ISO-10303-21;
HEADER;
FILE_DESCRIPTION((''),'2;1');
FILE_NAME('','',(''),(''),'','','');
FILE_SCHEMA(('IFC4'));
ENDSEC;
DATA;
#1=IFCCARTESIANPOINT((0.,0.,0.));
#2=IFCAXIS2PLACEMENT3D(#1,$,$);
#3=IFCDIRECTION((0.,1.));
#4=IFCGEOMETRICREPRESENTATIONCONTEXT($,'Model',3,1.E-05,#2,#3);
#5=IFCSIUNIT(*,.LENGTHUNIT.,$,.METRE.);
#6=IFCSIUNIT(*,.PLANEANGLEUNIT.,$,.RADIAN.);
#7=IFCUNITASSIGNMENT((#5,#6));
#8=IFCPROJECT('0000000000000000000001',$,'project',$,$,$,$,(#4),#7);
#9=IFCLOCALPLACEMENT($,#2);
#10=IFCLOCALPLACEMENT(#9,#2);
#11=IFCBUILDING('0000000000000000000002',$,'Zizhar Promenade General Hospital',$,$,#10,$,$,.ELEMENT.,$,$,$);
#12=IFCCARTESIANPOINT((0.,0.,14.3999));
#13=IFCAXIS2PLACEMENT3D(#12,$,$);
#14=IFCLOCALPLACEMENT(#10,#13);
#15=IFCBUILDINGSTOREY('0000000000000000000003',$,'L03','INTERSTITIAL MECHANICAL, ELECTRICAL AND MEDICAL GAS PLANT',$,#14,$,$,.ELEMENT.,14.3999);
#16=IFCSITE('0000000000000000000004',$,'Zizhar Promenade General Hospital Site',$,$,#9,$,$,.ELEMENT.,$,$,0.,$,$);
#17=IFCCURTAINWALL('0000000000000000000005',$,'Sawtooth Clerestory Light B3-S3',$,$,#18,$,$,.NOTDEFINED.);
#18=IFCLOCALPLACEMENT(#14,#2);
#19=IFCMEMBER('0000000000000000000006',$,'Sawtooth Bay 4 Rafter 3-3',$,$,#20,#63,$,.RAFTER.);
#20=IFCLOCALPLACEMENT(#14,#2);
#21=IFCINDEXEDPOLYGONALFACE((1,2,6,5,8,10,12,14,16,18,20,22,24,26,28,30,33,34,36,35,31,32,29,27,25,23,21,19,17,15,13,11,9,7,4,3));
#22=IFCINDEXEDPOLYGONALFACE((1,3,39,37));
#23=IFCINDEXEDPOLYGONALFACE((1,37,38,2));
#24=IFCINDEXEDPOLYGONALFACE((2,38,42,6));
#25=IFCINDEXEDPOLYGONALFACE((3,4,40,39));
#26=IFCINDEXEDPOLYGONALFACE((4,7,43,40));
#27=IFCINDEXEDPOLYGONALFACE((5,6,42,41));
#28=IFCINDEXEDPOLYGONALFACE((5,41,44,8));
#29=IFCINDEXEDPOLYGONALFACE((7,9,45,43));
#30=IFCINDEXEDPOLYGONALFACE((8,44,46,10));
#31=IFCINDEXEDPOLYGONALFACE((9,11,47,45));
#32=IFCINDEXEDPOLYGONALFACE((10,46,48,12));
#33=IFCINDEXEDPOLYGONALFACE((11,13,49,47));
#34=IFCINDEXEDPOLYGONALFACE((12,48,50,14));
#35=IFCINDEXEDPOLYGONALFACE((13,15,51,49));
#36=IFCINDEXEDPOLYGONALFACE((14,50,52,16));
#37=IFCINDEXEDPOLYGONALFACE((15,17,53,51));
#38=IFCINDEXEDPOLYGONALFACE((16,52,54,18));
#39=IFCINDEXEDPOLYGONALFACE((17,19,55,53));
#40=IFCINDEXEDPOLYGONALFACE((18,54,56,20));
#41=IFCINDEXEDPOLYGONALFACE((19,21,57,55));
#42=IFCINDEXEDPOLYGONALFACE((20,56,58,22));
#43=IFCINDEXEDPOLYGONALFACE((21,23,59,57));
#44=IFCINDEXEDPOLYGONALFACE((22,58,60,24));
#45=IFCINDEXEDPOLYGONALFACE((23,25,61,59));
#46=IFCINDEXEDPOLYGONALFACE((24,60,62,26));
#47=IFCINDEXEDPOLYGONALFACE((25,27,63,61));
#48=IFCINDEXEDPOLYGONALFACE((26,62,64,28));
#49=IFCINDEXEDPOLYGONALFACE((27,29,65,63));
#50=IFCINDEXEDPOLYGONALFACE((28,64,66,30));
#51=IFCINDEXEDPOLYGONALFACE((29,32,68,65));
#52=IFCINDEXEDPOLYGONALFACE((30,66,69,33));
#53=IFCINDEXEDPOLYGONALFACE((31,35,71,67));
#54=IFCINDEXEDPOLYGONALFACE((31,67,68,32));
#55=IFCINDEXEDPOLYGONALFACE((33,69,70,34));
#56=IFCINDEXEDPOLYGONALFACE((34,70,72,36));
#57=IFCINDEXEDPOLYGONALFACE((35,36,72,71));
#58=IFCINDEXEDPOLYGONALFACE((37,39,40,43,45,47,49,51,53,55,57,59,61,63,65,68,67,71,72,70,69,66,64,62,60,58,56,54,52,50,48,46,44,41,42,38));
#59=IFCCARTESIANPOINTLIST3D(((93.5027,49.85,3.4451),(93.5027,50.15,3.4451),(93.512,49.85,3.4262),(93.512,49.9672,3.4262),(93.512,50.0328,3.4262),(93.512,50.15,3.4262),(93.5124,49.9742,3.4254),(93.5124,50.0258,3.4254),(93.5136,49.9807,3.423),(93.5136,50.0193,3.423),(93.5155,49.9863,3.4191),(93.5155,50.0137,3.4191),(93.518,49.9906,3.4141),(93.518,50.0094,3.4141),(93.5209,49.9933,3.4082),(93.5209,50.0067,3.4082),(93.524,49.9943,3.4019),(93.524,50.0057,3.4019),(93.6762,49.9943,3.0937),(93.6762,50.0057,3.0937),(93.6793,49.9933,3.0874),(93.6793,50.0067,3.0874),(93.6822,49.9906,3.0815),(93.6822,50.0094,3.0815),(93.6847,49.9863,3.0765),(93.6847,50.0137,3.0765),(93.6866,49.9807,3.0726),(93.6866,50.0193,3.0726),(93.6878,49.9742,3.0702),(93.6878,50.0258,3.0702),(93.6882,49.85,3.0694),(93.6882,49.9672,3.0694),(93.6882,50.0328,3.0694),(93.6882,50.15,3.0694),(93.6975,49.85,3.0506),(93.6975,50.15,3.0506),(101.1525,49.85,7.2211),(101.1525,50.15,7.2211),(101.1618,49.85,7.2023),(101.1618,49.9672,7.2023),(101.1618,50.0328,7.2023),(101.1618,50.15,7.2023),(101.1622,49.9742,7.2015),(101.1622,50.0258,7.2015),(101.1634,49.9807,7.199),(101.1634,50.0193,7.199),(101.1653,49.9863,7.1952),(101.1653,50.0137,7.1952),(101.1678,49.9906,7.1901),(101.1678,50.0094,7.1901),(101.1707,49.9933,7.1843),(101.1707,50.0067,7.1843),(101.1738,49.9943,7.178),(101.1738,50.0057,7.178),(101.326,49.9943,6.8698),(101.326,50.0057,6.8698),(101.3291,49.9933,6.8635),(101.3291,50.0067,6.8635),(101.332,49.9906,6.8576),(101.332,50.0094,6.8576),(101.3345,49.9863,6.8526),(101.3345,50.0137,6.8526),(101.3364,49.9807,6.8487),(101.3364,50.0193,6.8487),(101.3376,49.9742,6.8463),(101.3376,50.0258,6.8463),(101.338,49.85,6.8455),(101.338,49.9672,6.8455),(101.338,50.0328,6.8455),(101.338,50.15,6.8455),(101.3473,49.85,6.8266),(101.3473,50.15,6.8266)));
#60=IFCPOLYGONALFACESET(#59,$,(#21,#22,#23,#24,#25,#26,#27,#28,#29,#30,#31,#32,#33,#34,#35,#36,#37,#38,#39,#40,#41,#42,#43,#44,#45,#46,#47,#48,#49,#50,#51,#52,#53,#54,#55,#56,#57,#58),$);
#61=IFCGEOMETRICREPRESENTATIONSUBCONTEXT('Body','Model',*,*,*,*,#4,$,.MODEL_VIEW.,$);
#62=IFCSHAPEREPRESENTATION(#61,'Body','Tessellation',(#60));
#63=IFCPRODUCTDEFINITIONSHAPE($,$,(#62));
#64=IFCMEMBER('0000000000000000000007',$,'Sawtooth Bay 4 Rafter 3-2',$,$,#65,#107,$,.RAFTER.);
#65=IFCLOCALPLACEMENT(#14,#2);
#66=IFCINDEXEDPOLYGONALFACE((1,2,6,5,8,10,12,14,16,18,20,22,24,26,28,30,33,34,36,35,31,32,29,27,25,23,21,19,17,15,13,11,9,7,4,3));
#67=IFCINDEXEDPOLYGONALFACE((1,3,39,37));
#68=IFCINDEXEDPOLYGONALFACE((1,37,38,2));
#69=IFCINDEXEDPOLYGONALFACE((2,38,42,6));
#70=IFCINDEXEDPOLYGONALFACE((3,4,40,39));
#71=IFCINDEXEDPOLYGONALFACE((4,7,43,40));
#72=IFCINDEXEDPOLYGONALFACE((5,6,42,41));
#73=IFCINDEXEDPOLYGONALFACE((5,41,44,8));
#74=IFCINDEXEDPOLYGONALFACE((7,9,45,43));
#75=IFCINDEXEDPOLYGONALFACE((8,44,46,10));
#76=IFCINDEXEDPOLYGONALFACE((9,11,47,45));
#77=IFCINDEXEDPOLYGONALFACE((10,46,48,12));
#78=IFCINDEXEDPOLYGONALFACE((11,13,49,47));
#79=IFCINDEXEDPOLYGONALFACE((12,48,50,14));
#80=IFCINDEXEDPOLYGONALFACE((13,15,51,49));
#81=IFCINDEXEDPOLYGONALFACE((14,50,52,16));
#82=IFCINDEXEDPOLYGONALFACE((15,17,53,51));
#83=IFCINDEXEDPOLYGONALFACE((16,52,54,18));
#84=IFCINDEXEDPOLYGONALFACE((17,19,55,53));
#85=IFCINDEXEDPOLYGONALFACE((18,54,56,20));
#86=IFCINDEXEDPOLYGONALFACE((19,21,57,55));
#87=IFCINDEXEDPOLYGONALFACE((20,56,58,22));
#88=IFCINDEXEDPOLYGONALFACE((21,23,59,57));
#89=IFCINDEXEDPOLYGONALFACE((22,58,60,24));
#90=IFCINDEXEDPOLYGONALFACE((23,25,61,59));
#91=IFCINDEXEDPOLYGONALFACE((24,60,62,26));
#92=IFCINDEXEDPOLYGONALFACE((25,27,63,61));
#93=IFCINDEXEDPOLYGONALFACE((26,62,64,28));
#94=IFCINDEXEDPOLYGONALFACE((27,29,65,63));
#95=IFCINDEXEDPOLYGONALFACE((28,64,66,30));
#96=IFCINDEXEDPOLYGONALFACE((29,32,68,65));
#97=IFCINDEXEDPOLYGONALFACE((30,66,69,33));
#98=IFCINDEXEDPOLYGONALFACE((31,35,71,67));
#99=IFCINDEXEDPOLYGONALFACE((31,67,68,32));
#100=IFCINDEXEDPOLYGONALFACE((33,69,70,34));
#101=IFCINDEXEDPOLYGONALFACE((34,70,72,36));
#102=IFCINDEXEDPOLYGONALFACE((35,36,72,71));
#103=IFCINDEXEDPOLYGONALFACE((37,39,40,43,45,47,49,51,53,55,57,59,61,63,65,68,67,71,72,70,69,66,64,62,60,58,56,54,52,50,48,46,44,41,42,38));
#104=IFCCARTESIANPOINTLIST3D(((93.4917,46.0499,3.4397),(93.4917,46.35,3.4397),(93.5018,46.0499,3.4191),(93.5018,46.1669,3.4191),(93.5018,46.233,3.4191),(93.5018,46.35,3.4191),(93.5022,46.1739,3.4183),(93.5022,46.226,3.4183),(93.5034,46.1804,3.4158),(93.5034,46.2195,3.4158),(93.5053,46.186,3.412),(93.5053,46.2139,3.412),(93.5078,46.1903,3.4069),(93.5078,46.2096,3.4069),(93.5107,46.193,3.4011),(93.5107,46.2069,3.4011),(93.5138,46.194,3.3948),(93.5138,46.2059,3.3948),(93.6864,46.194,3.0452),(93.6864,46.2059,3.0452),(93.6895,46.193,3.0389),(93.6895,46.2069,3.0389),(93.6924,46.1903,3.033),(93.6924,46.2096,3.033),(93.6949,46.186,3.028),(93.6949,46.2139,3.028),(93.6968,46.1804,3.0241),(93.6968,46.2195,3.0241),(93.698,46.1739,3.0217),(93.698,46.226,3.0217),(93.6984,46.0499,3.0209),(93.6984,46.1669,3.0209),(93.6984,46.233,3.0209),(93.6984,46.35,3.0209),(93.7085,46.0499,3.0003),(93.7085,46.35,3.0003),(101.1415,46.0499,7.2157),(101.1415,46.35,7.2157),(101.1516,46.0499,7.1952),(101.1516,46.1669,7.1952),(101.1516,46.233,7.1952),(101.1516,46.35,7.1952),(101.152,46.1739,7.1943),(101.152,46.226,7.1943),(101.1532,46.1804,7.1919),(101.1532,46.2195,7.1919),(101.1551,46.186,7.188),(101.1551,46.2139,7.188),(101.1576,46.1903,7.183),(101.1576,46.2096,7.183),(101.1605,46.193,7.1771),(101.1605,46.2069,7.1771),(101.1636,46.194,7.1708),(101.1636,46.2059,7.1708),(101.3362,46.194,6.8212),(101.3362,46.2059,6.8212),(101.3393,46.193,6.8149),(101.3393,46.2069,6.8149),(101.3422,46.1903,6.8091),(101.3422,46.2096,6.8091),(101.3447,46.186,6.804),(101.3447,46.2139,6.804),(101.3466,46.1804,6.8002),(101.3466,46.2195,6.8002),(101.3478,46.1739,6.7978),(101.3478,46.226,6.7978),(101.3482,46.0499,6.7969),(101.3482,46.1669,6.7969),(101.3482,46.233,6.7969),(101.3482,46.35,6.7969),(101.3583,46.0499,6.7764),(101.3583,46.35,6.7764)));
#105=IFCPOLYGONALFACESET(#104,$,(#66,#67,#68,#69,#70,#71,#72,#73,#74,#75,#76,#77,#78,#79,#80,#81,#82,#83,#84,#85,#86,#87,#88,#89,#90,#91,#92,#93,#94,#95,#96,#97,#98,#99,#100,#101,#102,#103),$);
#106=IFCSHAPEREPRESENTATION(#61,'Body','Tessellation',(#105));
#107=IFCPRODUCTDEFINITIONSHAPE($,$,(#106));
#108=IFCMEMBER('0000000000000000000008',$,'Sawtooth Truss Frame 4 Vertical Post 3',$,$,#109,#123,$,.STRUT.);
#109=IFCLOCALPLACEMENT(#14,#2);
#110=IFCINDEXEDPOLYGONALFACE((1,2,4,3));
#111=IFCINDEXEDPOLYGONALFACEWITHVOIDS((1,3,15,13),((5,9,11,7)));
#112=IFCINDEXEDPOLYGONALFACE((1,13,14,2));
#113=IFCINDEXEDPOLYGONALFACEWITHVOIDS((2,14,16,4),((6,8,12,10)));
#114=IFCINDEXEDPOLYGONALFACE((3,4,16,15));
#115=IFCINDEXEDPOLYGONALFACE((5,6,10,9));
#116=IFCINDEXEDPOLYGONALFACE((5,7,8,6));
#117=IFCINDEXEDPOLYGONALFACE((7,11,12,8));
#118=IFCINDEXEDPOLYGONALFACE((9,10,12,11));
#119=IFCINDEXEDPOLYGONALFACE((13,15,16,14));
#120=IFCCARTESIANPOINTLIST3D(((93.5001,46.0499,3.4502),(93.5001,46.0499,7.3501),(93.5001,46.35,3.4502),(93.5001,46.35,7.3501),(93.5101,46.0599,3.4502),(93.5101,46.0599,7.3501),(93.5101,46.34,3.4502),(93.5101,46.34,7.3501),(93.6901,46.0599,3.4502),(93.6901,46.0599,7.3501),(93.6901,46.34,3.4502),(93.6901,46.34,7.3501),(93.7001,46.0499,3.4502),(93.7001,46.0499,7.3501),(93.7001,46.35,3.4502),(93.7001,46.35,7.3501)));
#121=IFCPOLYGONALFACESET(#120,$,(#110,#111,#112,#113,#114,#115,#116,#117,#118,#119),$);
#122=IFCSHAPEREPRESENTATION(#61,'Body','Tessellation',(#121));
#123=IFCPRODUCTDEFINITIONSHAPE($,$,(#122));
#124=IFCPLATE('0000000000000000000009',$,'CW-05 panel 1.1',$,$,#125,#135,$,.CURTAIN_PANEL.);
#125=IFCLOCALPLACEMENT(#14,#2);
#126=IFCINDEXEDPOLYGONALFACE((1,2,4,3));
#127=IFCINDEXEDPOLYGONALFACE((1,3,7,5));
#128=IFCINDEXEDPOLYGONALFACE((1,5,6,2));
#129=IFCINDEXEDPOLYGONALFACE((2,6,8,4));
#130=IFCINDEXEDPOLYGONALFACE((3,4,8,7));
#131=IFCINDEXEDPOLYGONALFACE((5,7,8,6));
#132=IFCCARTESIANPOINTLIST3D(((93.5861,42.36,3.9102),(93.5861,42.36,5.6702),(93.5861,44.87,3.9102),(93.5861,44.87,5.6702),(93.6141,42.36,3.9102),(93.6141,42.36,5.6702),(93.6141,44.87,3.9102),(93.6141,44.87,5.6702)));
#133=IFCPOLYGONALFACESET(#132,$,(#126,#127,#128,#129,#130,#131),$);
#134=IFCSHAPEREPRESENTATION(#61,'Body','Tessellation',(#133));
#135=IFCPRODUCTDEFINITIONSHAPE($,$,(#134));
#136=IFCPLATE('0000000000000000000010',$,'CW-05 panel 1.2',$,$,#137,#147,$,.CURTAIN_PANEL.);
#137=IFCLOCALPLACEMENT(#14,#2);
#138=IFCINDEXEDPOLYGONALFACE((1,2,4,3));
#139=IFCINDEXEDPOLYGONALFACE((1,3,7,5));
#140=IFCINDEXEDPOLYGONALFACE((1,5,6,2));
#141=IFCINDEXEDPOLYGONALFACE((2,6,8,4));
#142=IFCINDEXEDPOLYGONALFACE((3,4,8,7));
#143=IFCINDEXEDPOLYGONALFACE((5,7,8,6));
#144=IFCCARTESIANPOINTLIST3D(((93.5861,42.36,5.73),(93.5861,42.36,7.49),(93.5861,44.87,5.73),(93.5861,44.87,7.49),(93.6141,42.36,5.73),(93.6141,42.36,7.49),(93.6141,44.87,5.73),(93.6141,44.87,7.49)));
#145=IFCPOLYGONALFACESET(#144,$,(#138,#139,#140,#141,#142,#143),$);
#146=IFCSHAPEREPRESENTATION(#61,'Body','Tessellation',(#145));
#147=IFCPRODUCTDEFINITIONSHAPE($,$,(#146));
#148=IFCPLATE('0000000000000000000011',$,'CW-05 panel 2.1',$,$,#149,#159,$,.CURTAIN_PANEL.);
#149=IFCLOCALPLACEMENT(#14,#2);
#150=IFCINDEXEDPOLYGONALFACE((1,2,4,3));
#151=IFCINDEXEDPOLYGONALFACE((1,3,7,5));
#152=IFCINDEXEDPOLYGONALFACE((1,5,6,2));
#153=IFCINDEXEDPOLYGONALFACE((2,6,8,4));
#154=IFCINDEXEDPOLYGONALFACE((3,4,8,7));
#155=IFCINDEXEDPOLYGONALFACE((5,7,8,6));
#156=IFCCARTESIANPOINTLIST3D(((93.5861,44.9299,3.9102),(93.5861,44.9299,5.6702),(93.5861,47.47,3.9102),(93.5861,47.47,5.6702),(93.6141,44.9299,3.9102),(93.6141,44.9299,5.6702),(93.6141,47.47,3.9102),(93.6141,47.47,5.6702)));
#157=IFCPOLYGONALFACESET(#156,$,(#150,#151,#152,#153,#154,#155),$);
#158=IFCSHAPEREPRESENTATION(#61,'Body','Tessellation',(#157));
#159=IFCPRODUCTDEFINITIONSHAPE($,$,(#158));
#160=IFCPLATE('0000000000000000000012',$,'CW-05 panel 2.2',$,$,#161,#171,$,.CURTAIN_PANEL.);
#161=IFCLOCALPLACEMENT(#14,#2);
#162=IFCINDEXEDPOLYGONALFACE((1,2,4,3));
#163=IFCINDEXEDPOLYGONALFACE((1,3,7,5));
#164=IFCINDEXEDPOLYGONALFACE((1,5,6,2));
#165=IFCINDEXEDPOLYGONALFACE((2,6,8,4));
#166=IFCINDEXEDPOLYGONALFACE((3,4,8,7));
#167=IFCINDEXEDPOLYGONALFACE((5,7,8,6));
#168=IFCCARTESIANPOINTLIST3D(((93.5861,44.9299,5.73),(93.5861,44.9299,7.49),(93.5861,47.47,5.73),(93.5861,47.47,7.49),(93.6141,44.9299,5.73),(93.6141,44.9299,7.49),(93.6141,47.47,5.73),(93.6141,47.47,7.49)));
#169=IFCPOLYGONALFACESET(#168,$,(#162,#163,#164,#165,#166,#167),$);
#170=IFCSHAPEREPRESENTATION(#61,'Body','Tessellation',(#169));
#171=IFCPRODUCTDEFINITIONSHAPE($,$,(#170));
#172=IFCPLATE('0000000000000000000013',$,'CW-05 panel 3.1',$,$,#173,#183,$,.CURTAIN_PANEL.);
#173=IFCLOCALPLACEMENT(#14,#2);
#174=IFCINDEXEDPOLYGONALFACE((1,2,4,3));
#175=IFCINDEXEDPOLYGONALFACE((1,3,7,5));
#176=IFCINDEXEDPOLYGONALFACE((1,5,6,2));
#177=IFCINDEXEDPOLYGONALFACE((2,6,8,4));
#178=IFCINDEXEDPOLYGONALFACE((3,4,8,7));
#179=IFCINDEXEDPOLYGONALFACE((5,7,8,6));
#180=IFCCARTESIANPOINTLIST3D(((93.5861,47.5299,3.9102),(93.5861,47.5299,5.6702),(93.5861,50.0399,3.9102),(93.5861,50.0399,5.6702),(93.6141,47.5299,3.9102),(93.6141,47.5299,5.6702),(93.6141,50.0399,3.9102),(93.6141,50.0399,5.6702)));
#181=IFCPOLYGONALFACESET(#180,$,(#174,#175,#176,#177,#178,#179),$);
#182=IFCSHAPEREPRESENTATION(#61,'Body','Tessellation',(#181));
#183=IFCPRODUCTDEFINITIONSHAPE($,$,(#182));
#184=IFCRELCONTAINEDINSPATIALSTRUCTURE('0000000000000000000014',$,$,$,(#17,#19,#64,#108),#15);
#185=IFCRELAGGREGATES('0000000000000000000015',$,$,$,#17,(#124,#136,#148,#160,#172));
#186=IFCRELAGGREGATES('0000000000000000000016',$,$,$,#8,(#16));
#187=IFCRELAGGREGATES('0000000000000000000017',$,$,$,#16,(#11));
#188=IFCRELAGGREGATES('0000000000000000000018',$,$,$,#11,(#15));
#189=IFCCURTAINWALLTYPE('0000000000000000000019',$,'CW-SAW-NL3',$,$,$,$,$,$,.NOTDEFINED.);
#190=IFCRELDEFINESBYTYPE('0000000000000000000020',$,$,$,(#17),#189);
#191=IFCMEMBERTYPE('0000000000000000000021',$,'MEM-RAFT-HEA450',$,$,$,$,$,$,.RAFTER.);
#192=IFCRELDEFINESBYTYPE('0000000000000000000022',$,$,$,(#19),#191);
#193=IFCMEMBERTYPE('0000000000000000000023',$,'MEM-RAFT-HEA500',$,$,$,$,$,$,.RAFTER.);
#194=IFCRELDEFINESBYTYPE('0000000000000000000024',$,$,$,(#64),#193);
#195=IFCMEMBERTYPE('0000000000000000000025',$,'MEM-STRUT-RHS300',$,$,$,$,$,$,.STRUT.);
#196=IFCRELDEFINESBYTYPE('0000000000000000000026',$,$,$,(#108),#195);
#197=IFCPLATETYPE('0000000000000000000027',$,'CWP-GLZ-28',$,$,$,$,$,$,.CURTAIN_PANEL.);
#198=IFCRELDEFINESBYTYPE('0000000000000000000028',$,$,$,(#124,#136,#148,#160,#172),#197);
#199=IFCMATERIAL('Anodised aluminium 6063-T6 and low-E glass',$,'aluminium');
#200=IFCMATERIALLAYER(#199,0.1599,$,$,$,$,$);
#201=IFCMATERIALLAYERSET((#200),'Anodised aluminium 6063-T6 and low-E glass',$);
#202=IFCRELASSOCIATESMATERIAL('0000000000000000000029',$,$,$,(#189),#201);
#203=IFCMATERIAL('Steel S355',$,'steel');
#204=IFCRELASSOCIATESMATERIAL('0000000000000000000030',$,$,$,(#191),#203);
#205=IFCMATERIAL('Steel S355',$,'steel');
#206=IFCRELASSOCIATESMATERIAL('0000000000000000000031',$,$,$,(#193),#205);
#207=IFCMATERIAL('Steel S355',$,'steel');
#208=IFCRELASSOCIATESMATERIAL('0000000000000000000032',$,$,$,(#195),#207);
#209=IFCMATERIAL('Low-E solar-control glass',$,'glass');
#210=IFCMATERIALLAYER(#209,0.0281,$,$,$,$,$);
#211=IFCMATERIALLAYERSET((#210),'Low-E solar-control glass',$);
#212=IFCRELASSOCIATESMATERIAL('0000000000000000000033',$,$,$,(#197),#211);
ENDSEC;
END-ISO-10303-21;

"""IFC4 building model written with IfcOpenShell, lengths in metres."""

from ifc_helpers import new_model, si_unit, direction, frame, origin, origin_2d, place, context, subcontext, project, spatial, rectangle, hollow_rectangle, i_section, extrude, material, layer, layer_set, material_profile, profile_set, type_object, element, aggregate, save


model = new_model("IFC4")

# Units and contexts
model_context = context("Model", 3, precision=1e-05, world=origin(), true_north=direction((0.0, 1.0)))
body_context = subcontext(model_context, "Body", "Model", "MODEL_VIEW")
ifc_project = project(units=[si_unit("LENGTHUNIT", "METRE"), si_unit("PLANEANGLEUNIT", "RADIAN")], contexts=[model_context])

# Site, building, storey
site_placement = place(None, origin())
site = spatial("IfcSite", under=ifc_project, at=site_placement, Name="Zizhar Promenade General Hospital Site", CompositionType="ELEMENT", RefElevation=0.0)
building_placement = place(site_placement, origin())
building = spatial("IfcBuilding", under=site, at=building_placement, Name="Zizhar Promenade General Hospital", CompositionType="ELEMENT")
storey_placement = place(building_placement, frame((0.0, 0.0, 14.3999)))
storey = spatial("IfcBuildingStorey", under=building, at=storey_placement, Name="L03", Description="INTERSTITIAL MECHANICAL, ELECTRICAL AND MEDICAL GAS PLANT", CompositionType="ELEMENT", Elevation=14.3999)

# Curtain wall
ifc_material_1 = material(Name="Anodised aluminium 6063-T6 and low-E glass", Category="aluminium")
ifc_layer_1 = layer(ifc_material_1, 0.1599)
ifc_layer_set_1 = layer_set([ifc_layer_1], Name="Anodised aluminium 6063-T6 and low-E glass")
curtain_wall_type = type_object("IfcCurtainWallType", Name="CW-SAW-NL3", PredefinedType="NOTDEFINED", material=ifc_layer_set_1)
curtain_wall_1_placement = place(storey_placement, origin())
curtain_wall_1 = element("IfcCurtainWall", 1, at=curtain_wall_1_placement, inside=storey, type_object=curtain_wall_type, Name="Sawtooth Clerestory Light B3-S3", PredefinedType="NOTDEFINED")

# Members
ifc_material_2 = material(Name="Steel S355", Category="steel")
ifc_material_profile_1 = material_profile(ifc_material_2, i_section(OverallWidth=0.3, OverallDepth=0.4399, WebThickness=0.0115, FlangeThickness=0.021, FilletRadius=0.0271, at=origin_2d()))
ifc_profile_set_1 = profile_set([ifc_material_profile_1], Name="Steel S355")
member_type_1 = type_object("IfcMemberType", Name="MEM-RAFT-HEA450", PredefinedType="RAFTER", material=ifc_profile_set_1)
member_1_placement = place(storey_placement, frame((93.6001, 50.0, 3.2478), z_axis=(0.896705, 0.0, 0.442629), x_axis=(0.0, 1.0, 0.0)))
element("IfcMember", 2, at=member_1_placement, inside=storey, type_object=member_type_1, Name="Sawtooth Bay 4 Rafter 3-3", PredefinedType="RAFTER", context=body_context, shape_type="SweptSolid", body=[
    extrude(i_section(OverallWidth=0.3, OverallDepth=0.4399, WebThickness=0.0115, FlangeThickness=0.021, FilletRadius=0.0271, at=origin_2d()), origin(), (0.0, 0.0, 1.0), 8.531),
])
ifc_material_3 = material(Name="Steel S355", Category="steel")
ifc_material_profile_2 = material_profile(ifc_material_3, i_section(OverallWidth=0.3, OverallDepth=0.49, WebThickness=0.012, FlangeThickness=0.0229, FilletRadius=0.0271, at=origin_2d()))
ifc_profile_set_2 = profile_set([ifc_material_profile_2], Name="Steel S355")
member_type_2 = type_object("IfcMemberType", Name="MEM-RAFT-HEA500", PredefinedType="RAFTER", material=ifc_profile_set_2)
member_2_placement = place(storey_placement, frame((93.6001, 46.2, 3.22), z_axis=(0.896705, 0.0, 0.442629), x_axis=(0.0, 1.0, 0.0)))
element("IfcMember", 3, at=member_2_placement, inside=storey, type_object=member_type_2, Name="Sawtooth Bay 4 Rafter 3-2", PredefinedType="RAFTER", context=body_context, shape_type="SweptSolid", body=[
    extrude(i_section(OverallWidth=0.3, OverallDepth=0.49, WebThickness=0.012, FlangeThickness=0.0229, FilletRadius=0.0271, at=origin_2d()), origin(), (0.0, 0.0, 1.0), 8.531),
])
ifc_material_4 = material(Name="Steel S355", Category="steel")
ifc_material_profile_3 = material_profile(ifc_material_4, hollow_rectangle(XDim=0.2, YDim=0.3, WallThickness=0.01, at=origin_2d()))
ifc_profile_set_3 = profile_set([ifc_material_profile_3], Name="Steel S355")
member_type_3 = type_object("IfcMemberType", Name="MEM-STRUT-RHS300", PredefinedType="STRUT", material=ifc_profile_set_3)
member_3_placement = place(storey_placement, frame((93.6001, 46.2, 3.4502), z_axis=(0.0, 0.0, 1.0), x_axis=(1.0, 0.0, 0.0)))
element("IfcMember", 4, at=member_3_placement, inside=storey, type_object=member_type_3, Name="Sawtooth Truss Frame 4 Vertical Post 3", PredefinedType="STRUT", context=body_context, shape_type="SweptSolid", body=[
    extrude(hollow_rectangle(XDim=0.2, YDim=0.3, WallThickness=0.01, at=origin_2d()), origin(), (0.0, 0.0, 1.0), 3.8999),
])

# Plates
ifc_material_5 = material(Name="Low-E solar-control glass", Category="glass")
ifc_layer_2 = layer(ifc_material_5, 0.0281)
ifc_layer_set_2 = layer_set([ifc_layer_2], Name="Low-E solar-control glass")
plate_type = type_object("IfcPlateType", Name="CWP-GLZ-28", PredefinedType="CURTAIN_PANEL", material=ifc_layer_set_2)
plate_1_placement = place(storey_placement, frame((93.6001, 43.615, 3.9102), z_axis=(0.0, 0.0, 1.0), x_axis=(0.0, 1.0, 0.0)))
plate_1 = element("IfcPlate", 5, at=plate_1_placement, type_object=plate_type, Name="CW-05 panel 1.1", PredefinedType="CURTAIN_PANEL", context=body_context, shape_type="SweptSolid", body=[
    extrude(rectangle(XDim=2.51, YDim=0.0281, at=origin_2d()), origin(), (0.0, 0.0, 1.0), 1.76),
])
plate_2_placement = place(storey_placement, frame((93.6001, 43.615, 5.73), z_axis=(0.0, 0.0, 1.0), x_axis=(0.0, 1.0, 0.0)))
plate_2 = element("IfcPlate", 6, at=plate_2_placement, type_object=plate_type, Name="CW-05 panel 1.2", PredefinedType="CURTAIN_PANEL", context=body_context, shape_type="SweptSolid", body=[
    extrude(rectangle(XDim=2.51, YDim=0.0281, at=origin_2d()), origin(), (0.0, 0.0, 1.0), 1.76),
])
plate_3_placement = place(storey_placement, frame((93.6001, 46.2, 3.9102), z_axis=(0.0, 0.0, 1.0), x_axis=(0.0, 1.0, 0.0)))
plate_3 = element("IfcPlate", 7, at=plate_3_placement, type_object=plate_type, Name="CW-05 panel 2.1", PredefinedType="CURTAIN_PANEL", context=body_context, shape_type="SweptSolid", body=[
    extrude(rectangle(XDim=2.54, YDim=0.0281, at=origin_2d()), origin(), (0.0, 0.0, 1.0), 1.76),
])
plate_4_placement = place(storey_placement, frame((93.6001, 46.2, 5.73), z_axis=(0.0, 0.0, 1.0), x_axis=(0.0, 1.0, 0.0)))
plate_4 = element("IfcPlate", 8, at=plate_4_placement, type_object=plate_type, Name="CW-05 panel 2.2", PredefinedType="CURTAIN_PANEL", context=body_context, shape_type="SweptSolid", body=[
    extrude(rectangle(XDim=2.54, YDim=0.0281, at=origin_2d()), origin(), (0.0, 0.0, 1.0), 1.76),
])
plate_5_placement = place(storey_placement, frame((93.6001, 48.7849, 3.9102), z_axis=(0.0, 0.0, 1.0), x_axis=(0.0, 1.0, 0.0)))
plate_5 = element("IfcPlate", 9, at=plate_5_placement, type_object=plate_type, Name="CW-05 panel 3.1", PredefinedType="CURTAIN_PANEL", context=body_context, shape_type="SweptSolid", body=[
    extrude(rectangle(XDim=2.51, YDim=0.0281, at=origin_2d()), origin(), (0.0, 0.0, 1.0), 1.76),
])
aggregate(curtain_wall_1, [plate_1, plate_2, plate_3, plate_4, plate_5])

save(model, "model.ifc")
